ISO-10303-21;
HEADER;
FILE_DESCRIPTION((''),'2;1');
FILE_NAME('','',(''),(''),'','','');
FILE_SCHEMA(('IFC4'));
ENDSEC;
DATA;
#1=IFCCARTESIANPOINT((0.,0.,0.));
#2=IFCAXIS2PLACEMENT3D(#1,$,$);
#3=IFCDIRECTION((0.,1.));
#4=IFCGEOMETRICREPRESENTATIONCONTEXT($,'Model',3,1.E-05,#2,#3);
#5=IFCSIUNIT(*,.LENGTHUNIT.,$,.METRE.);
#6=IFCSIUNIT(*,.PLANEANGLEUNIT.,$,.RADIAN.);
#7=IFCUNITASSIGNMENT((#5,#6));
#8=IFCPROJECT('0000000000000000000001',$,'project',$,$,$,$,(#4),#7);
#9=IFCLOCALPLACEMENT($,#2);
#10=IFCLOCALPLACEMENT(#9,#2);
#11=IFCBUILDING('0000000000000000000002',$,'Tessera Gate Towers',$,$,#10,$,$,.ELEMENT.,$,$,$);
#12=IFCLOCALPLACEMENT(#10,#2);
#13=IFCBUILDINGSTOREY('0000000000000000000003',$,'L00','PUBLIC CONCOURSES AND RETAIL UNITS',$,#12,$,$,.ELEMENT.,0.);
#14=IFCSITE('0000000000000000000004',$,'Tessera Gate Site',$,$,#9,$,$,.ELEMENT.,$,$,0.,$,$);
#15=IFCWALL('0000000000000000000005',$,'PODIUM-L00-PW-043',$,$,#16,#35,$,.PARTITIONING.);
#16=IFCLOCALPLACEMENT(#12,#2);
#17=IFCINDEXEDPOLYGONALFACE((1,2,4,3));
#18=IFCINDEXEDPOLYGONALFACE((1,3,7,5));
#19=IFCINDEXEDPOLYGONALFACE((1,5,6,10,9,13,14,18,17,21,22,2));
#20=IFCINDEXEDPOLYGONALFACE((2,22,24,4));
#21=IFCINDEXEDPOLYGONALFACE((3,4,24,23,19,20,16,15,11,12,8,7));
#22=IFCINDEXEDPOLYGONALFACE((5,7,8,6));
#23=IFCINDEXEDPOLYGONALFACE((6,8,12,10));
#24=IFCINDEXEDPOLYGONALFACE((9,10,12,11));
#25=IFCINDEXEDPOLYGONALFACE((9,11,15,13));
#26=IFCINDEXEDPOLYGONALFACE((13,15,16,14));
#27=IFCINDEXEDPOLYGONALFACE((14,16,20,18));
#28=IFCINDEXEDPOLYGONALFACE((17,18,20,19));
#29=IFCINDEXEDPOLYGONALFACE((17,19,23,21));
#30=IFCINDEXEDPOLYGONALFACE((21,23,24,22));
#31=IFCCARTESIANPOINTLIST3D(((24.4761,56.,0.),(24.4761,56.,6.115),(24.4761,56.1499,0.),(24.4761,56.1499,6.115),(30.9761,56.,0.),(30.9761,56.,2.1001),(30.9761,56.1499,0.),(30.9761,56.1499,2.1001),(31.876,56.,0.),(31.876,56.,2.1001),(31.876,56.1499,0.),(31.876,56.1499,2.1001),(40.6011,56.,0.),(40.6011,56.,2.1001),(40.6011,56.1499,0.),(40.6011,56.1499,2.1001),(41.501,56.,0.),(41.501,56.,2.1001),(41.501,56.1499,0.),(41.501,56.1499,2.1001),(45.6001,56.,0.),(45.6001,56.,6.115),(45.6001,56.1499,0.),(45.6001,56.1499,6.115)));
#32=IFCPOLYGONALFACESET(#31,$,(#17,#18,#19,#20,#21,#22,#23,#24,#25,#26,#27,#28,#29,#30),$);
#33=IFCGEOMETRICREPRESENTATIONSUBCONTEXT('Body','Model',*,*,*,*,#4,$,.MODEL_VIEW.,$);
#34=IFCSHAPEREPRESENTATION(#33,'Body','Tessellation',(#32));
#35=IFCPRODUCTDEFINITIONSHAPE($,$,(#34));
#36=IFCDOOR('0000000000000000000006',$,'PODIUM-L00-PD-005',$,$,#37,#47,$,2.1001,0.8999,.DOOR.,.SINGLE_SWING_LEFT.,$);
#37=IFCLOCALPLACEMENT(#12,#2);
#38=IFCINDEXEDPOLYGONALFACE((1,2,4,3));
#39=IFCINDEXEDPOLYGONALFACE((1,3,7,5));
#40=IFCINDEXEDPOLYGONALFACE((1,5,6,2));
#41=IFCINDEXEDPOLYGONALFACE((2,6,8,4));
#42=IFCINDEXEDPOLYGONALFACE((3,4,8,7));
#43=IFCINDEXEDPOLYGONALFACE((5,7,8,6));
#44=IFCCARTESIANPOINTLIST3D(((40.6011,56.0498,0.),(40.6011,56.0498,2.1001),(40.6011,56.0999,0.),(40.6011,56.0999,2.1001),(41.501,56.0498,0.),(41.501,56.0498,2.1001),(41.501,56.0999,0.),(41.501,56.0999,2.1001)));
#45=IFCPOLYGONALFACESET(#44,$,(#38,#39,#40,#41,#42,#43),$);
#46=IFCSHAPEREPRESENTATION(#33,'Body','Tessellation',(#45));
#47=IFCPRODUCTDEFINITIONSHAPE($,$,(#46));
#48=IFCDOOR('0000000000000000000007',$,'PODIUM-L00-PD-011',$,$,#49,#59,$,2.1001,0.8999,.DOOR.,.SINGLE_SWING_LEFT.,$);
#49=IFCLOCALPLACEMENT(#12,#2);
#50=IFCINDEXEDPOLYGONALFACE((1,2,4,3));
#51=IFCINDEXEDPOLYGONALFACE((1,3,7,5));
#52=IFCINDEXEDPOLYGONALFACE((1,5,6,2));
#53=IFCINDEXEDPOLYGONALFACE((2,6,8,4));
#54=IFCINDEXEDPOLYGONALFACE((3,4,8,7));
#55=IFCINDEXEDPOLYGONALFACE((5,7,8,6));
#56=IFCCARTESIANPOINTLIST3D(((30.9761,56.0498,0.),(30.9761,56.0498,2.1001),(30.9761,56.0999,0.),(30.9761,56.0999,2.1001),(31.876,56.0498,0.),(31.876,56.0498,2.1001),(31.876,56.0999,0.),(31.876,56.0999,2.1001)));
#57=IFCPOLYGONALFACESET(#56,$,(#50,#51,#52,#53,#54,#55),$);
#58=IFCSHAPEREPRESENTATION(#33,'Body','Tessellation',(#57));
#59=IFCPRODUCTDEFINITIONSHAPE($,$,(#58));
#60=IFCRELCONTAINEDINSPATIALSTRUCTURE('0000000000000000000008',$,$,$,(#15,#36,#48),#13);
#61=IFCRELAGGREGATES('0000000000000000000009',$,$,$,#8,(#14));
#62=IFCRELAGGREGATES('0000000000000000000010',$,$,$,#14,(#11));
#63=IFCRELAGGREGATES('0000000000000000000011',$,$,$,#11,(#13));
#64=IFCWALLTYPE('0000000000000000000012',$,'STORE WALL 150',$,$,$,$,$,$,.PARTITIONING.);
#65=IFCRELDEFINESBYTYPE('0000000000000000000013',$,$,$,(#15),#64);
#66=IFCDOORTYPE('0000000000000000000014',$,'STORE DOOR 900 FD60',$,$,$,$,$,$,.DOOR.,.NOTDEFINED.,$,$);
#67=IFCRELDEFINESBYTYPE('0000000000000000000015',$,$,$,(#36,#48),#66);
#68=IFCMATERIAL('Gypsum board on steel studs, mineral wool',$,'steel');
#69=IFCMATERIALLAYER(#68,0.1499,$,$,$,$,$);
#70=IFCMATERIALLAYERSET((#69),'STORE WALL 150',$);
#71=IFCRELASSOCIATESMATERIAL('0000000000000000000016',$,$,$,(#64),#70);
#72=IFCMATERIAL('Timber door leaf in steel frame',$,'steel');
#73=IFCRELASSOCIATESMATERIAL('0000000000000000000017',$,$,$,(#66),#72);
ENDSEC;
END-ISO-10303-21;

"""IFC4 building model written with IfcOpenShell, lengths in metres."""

from ifc_helpers import new_model, si_unit, direction, frame, frame_2d, origin, place, context, subcontext, project, spatial, rectangle, extrude, source, transform, mapped, material, layer, layer_set, type_object, element, fill, save


model = new_model("IFC4")

# Units and contexts
model_context = context("Model", 3, precision=1e-05, world=origin(), true_north=direction((0.0, 1.0)))
body_context = subcontext(model_context, "Body", "Model", "MODEL_VIEW")
ifc_project = project(units=[si_unit("LENGTHUNIT", "METRE"), si_unit("PLANEANGLEUNIT", "RADIAN")], contexts=[model_context])

# Site, building, storey
site_placement = place(None, origin())
site = spatial("IfcSite", under=ifc_project, at=site_placement, Name="Tessera Gate Site", CompositionType="ELEMENT", RefElevation=0.0)
building_placement = place(site_placement, origin())
building = spatial("IfcBuilding", under=site, at=building_placement, Name="Tessera Gate Towers", CompositionType="ELEMENT")
storey_placement = place(building_placement, origin())
storey = spatial("IfcBuildingStorey", under=building, at=storey_placement, Name="L00", Description="PUBLIC CONCOURSES AND RETAIL UNITS", CompositionType="ELEMENT", Elevation=0.0)

# Shared definitions
shared_shape_1 = source(origin(), body_context, "Body", "SweptSolid", [
    extrude(rectangle(XDim=0.8999, YDim=2.1001, at=frame_2d((0.45, 1.05))), frame((0.0, 0.0249, 0.0), z_axis=(0.0, -1.0, 0.0), x_axis=(1.0, 0.0, 0.0)), (0.0, 0.0, 1.0), 0.05),
])

# Wall, openings, doors
ifc_material_1 = material(Name="Gypsum board on steel studs, mineral wool", Category="steel")
ifc_layer_1 = layer(ifc_material_1, 0.1499)
ifc_layer_set_1 = layer_set([ifc_layer_1], Name="STORE WALL 150")
wall_type_1 = type_object("IfcWallType", Name="STORE WALL 150", PredefinedType="PARTITIONING", material=ifc_layer_set_1)
wall_1_placement = place(storey_placement, frame((24.4761, 56.075, 0.0), z_axis=(0.0, 0.0, 1.0), x_axis=(1.0, 0.0, 0.0)))
wall_1 = element("IfcWall", 1, at=wall_1_placement, inside=storey, type_object=wall_type_1, Name="PODIUM-L00-PW-043", PredefinedType="PARTITIONING", context=body_context, shape_type="SweptSolid", body=[
    extrude(rectangle(XDim=21.124, YDim=0.1499, at=frame_2d((10.562, 0.0))), origin(), (0.0, 0.0, 1.0), 6.115),
])
shared_shape_2 = source(origin(), body_context, "Body", "SweptSolid", [
    extrude(rectangle(XDim=0.8999, YDim=2.1001, at=frame_2d((0.45, 1.05))), frame((0.0, 0.085, 0.0), z_axis=(0.0, -1.0, 0.0), x_axis=(1.0, 0.0, 0.0)), (0.0, 0.0, 1.0), 0.1699),
])
opening_1_placement = place(wall_1_placement, frame((16.125, 0.0, 0.0)))
opening_1 = element("IfcOpeningElement", 2, at=opening_1_placement, cuts=wall_1, PredefinedType="OPENING", context=body_context, shape_type="MappedRepresentation", body=[
    mapped(shared_shape_2, transform((0.0, 0.0, 0.0), scale=1.0)),
])
opening_2_placement = place(wall_1_placement, frame((6.5, 0.0, 0.0)))
opening_2 = element("IfcOpeningElement", 3, at=opening_2_placement, cuts=wall_1, PredefinedType="OPENING", context=body_context, shape_type="MappedRepresentation", body=[
    mapped(shared_shape_2, transform((0.0, 0.0, 0.0), scale=1.0)),
])
ifc_material_2 = material(Name="Timber door leaf in steel frame", Category="steel")
door_type_1 = type_object("IfcDoorType", Name="STORE DOOR 900 FD60", OperationType="NOTDEFINED", PredefinedType="DOOR", material=ifc_material_2)
door_1_placement = place(opening_1_placement, origin())
door_1 = element("IfcDoor", 4, at=door_1_placement, inside=storey, type_object=door_type_1, Name="PODIUM-L00-PD-005", OperationType="SINGLE_SWING_LEFT", OverallHeight=2.1001, OverallWidth=0.8999, PredefinedType="DOOR", context=body_context, shape_type="MappedRepresentation", body=[
    mapped(shared_shape_1, transform((0.0, 0.0, 0.0), scale=1.0)),
])
fill(opening_1, door_1)
door_2_placement = place(opening_2_placement, origin())
door_2 = element("IfcDoor", 5, at=door_2_placement, inside=storey, type_object=door_type_1, Name="PODIUM-L00-PD-011", OperationType="SINGLE_SWING_LEFT", OverallHeight=2.1001, OverallWidth=0.8999, PredefinedType="DOOR", context=body_context, shape_type="MappedRepresentation", body=[
    mapped(shared_shape_1, transform((0.0, 0.0, 0.0), scale=1.0)),
])
fill(opening_2, door_2)

save(model, "model.ifc")
